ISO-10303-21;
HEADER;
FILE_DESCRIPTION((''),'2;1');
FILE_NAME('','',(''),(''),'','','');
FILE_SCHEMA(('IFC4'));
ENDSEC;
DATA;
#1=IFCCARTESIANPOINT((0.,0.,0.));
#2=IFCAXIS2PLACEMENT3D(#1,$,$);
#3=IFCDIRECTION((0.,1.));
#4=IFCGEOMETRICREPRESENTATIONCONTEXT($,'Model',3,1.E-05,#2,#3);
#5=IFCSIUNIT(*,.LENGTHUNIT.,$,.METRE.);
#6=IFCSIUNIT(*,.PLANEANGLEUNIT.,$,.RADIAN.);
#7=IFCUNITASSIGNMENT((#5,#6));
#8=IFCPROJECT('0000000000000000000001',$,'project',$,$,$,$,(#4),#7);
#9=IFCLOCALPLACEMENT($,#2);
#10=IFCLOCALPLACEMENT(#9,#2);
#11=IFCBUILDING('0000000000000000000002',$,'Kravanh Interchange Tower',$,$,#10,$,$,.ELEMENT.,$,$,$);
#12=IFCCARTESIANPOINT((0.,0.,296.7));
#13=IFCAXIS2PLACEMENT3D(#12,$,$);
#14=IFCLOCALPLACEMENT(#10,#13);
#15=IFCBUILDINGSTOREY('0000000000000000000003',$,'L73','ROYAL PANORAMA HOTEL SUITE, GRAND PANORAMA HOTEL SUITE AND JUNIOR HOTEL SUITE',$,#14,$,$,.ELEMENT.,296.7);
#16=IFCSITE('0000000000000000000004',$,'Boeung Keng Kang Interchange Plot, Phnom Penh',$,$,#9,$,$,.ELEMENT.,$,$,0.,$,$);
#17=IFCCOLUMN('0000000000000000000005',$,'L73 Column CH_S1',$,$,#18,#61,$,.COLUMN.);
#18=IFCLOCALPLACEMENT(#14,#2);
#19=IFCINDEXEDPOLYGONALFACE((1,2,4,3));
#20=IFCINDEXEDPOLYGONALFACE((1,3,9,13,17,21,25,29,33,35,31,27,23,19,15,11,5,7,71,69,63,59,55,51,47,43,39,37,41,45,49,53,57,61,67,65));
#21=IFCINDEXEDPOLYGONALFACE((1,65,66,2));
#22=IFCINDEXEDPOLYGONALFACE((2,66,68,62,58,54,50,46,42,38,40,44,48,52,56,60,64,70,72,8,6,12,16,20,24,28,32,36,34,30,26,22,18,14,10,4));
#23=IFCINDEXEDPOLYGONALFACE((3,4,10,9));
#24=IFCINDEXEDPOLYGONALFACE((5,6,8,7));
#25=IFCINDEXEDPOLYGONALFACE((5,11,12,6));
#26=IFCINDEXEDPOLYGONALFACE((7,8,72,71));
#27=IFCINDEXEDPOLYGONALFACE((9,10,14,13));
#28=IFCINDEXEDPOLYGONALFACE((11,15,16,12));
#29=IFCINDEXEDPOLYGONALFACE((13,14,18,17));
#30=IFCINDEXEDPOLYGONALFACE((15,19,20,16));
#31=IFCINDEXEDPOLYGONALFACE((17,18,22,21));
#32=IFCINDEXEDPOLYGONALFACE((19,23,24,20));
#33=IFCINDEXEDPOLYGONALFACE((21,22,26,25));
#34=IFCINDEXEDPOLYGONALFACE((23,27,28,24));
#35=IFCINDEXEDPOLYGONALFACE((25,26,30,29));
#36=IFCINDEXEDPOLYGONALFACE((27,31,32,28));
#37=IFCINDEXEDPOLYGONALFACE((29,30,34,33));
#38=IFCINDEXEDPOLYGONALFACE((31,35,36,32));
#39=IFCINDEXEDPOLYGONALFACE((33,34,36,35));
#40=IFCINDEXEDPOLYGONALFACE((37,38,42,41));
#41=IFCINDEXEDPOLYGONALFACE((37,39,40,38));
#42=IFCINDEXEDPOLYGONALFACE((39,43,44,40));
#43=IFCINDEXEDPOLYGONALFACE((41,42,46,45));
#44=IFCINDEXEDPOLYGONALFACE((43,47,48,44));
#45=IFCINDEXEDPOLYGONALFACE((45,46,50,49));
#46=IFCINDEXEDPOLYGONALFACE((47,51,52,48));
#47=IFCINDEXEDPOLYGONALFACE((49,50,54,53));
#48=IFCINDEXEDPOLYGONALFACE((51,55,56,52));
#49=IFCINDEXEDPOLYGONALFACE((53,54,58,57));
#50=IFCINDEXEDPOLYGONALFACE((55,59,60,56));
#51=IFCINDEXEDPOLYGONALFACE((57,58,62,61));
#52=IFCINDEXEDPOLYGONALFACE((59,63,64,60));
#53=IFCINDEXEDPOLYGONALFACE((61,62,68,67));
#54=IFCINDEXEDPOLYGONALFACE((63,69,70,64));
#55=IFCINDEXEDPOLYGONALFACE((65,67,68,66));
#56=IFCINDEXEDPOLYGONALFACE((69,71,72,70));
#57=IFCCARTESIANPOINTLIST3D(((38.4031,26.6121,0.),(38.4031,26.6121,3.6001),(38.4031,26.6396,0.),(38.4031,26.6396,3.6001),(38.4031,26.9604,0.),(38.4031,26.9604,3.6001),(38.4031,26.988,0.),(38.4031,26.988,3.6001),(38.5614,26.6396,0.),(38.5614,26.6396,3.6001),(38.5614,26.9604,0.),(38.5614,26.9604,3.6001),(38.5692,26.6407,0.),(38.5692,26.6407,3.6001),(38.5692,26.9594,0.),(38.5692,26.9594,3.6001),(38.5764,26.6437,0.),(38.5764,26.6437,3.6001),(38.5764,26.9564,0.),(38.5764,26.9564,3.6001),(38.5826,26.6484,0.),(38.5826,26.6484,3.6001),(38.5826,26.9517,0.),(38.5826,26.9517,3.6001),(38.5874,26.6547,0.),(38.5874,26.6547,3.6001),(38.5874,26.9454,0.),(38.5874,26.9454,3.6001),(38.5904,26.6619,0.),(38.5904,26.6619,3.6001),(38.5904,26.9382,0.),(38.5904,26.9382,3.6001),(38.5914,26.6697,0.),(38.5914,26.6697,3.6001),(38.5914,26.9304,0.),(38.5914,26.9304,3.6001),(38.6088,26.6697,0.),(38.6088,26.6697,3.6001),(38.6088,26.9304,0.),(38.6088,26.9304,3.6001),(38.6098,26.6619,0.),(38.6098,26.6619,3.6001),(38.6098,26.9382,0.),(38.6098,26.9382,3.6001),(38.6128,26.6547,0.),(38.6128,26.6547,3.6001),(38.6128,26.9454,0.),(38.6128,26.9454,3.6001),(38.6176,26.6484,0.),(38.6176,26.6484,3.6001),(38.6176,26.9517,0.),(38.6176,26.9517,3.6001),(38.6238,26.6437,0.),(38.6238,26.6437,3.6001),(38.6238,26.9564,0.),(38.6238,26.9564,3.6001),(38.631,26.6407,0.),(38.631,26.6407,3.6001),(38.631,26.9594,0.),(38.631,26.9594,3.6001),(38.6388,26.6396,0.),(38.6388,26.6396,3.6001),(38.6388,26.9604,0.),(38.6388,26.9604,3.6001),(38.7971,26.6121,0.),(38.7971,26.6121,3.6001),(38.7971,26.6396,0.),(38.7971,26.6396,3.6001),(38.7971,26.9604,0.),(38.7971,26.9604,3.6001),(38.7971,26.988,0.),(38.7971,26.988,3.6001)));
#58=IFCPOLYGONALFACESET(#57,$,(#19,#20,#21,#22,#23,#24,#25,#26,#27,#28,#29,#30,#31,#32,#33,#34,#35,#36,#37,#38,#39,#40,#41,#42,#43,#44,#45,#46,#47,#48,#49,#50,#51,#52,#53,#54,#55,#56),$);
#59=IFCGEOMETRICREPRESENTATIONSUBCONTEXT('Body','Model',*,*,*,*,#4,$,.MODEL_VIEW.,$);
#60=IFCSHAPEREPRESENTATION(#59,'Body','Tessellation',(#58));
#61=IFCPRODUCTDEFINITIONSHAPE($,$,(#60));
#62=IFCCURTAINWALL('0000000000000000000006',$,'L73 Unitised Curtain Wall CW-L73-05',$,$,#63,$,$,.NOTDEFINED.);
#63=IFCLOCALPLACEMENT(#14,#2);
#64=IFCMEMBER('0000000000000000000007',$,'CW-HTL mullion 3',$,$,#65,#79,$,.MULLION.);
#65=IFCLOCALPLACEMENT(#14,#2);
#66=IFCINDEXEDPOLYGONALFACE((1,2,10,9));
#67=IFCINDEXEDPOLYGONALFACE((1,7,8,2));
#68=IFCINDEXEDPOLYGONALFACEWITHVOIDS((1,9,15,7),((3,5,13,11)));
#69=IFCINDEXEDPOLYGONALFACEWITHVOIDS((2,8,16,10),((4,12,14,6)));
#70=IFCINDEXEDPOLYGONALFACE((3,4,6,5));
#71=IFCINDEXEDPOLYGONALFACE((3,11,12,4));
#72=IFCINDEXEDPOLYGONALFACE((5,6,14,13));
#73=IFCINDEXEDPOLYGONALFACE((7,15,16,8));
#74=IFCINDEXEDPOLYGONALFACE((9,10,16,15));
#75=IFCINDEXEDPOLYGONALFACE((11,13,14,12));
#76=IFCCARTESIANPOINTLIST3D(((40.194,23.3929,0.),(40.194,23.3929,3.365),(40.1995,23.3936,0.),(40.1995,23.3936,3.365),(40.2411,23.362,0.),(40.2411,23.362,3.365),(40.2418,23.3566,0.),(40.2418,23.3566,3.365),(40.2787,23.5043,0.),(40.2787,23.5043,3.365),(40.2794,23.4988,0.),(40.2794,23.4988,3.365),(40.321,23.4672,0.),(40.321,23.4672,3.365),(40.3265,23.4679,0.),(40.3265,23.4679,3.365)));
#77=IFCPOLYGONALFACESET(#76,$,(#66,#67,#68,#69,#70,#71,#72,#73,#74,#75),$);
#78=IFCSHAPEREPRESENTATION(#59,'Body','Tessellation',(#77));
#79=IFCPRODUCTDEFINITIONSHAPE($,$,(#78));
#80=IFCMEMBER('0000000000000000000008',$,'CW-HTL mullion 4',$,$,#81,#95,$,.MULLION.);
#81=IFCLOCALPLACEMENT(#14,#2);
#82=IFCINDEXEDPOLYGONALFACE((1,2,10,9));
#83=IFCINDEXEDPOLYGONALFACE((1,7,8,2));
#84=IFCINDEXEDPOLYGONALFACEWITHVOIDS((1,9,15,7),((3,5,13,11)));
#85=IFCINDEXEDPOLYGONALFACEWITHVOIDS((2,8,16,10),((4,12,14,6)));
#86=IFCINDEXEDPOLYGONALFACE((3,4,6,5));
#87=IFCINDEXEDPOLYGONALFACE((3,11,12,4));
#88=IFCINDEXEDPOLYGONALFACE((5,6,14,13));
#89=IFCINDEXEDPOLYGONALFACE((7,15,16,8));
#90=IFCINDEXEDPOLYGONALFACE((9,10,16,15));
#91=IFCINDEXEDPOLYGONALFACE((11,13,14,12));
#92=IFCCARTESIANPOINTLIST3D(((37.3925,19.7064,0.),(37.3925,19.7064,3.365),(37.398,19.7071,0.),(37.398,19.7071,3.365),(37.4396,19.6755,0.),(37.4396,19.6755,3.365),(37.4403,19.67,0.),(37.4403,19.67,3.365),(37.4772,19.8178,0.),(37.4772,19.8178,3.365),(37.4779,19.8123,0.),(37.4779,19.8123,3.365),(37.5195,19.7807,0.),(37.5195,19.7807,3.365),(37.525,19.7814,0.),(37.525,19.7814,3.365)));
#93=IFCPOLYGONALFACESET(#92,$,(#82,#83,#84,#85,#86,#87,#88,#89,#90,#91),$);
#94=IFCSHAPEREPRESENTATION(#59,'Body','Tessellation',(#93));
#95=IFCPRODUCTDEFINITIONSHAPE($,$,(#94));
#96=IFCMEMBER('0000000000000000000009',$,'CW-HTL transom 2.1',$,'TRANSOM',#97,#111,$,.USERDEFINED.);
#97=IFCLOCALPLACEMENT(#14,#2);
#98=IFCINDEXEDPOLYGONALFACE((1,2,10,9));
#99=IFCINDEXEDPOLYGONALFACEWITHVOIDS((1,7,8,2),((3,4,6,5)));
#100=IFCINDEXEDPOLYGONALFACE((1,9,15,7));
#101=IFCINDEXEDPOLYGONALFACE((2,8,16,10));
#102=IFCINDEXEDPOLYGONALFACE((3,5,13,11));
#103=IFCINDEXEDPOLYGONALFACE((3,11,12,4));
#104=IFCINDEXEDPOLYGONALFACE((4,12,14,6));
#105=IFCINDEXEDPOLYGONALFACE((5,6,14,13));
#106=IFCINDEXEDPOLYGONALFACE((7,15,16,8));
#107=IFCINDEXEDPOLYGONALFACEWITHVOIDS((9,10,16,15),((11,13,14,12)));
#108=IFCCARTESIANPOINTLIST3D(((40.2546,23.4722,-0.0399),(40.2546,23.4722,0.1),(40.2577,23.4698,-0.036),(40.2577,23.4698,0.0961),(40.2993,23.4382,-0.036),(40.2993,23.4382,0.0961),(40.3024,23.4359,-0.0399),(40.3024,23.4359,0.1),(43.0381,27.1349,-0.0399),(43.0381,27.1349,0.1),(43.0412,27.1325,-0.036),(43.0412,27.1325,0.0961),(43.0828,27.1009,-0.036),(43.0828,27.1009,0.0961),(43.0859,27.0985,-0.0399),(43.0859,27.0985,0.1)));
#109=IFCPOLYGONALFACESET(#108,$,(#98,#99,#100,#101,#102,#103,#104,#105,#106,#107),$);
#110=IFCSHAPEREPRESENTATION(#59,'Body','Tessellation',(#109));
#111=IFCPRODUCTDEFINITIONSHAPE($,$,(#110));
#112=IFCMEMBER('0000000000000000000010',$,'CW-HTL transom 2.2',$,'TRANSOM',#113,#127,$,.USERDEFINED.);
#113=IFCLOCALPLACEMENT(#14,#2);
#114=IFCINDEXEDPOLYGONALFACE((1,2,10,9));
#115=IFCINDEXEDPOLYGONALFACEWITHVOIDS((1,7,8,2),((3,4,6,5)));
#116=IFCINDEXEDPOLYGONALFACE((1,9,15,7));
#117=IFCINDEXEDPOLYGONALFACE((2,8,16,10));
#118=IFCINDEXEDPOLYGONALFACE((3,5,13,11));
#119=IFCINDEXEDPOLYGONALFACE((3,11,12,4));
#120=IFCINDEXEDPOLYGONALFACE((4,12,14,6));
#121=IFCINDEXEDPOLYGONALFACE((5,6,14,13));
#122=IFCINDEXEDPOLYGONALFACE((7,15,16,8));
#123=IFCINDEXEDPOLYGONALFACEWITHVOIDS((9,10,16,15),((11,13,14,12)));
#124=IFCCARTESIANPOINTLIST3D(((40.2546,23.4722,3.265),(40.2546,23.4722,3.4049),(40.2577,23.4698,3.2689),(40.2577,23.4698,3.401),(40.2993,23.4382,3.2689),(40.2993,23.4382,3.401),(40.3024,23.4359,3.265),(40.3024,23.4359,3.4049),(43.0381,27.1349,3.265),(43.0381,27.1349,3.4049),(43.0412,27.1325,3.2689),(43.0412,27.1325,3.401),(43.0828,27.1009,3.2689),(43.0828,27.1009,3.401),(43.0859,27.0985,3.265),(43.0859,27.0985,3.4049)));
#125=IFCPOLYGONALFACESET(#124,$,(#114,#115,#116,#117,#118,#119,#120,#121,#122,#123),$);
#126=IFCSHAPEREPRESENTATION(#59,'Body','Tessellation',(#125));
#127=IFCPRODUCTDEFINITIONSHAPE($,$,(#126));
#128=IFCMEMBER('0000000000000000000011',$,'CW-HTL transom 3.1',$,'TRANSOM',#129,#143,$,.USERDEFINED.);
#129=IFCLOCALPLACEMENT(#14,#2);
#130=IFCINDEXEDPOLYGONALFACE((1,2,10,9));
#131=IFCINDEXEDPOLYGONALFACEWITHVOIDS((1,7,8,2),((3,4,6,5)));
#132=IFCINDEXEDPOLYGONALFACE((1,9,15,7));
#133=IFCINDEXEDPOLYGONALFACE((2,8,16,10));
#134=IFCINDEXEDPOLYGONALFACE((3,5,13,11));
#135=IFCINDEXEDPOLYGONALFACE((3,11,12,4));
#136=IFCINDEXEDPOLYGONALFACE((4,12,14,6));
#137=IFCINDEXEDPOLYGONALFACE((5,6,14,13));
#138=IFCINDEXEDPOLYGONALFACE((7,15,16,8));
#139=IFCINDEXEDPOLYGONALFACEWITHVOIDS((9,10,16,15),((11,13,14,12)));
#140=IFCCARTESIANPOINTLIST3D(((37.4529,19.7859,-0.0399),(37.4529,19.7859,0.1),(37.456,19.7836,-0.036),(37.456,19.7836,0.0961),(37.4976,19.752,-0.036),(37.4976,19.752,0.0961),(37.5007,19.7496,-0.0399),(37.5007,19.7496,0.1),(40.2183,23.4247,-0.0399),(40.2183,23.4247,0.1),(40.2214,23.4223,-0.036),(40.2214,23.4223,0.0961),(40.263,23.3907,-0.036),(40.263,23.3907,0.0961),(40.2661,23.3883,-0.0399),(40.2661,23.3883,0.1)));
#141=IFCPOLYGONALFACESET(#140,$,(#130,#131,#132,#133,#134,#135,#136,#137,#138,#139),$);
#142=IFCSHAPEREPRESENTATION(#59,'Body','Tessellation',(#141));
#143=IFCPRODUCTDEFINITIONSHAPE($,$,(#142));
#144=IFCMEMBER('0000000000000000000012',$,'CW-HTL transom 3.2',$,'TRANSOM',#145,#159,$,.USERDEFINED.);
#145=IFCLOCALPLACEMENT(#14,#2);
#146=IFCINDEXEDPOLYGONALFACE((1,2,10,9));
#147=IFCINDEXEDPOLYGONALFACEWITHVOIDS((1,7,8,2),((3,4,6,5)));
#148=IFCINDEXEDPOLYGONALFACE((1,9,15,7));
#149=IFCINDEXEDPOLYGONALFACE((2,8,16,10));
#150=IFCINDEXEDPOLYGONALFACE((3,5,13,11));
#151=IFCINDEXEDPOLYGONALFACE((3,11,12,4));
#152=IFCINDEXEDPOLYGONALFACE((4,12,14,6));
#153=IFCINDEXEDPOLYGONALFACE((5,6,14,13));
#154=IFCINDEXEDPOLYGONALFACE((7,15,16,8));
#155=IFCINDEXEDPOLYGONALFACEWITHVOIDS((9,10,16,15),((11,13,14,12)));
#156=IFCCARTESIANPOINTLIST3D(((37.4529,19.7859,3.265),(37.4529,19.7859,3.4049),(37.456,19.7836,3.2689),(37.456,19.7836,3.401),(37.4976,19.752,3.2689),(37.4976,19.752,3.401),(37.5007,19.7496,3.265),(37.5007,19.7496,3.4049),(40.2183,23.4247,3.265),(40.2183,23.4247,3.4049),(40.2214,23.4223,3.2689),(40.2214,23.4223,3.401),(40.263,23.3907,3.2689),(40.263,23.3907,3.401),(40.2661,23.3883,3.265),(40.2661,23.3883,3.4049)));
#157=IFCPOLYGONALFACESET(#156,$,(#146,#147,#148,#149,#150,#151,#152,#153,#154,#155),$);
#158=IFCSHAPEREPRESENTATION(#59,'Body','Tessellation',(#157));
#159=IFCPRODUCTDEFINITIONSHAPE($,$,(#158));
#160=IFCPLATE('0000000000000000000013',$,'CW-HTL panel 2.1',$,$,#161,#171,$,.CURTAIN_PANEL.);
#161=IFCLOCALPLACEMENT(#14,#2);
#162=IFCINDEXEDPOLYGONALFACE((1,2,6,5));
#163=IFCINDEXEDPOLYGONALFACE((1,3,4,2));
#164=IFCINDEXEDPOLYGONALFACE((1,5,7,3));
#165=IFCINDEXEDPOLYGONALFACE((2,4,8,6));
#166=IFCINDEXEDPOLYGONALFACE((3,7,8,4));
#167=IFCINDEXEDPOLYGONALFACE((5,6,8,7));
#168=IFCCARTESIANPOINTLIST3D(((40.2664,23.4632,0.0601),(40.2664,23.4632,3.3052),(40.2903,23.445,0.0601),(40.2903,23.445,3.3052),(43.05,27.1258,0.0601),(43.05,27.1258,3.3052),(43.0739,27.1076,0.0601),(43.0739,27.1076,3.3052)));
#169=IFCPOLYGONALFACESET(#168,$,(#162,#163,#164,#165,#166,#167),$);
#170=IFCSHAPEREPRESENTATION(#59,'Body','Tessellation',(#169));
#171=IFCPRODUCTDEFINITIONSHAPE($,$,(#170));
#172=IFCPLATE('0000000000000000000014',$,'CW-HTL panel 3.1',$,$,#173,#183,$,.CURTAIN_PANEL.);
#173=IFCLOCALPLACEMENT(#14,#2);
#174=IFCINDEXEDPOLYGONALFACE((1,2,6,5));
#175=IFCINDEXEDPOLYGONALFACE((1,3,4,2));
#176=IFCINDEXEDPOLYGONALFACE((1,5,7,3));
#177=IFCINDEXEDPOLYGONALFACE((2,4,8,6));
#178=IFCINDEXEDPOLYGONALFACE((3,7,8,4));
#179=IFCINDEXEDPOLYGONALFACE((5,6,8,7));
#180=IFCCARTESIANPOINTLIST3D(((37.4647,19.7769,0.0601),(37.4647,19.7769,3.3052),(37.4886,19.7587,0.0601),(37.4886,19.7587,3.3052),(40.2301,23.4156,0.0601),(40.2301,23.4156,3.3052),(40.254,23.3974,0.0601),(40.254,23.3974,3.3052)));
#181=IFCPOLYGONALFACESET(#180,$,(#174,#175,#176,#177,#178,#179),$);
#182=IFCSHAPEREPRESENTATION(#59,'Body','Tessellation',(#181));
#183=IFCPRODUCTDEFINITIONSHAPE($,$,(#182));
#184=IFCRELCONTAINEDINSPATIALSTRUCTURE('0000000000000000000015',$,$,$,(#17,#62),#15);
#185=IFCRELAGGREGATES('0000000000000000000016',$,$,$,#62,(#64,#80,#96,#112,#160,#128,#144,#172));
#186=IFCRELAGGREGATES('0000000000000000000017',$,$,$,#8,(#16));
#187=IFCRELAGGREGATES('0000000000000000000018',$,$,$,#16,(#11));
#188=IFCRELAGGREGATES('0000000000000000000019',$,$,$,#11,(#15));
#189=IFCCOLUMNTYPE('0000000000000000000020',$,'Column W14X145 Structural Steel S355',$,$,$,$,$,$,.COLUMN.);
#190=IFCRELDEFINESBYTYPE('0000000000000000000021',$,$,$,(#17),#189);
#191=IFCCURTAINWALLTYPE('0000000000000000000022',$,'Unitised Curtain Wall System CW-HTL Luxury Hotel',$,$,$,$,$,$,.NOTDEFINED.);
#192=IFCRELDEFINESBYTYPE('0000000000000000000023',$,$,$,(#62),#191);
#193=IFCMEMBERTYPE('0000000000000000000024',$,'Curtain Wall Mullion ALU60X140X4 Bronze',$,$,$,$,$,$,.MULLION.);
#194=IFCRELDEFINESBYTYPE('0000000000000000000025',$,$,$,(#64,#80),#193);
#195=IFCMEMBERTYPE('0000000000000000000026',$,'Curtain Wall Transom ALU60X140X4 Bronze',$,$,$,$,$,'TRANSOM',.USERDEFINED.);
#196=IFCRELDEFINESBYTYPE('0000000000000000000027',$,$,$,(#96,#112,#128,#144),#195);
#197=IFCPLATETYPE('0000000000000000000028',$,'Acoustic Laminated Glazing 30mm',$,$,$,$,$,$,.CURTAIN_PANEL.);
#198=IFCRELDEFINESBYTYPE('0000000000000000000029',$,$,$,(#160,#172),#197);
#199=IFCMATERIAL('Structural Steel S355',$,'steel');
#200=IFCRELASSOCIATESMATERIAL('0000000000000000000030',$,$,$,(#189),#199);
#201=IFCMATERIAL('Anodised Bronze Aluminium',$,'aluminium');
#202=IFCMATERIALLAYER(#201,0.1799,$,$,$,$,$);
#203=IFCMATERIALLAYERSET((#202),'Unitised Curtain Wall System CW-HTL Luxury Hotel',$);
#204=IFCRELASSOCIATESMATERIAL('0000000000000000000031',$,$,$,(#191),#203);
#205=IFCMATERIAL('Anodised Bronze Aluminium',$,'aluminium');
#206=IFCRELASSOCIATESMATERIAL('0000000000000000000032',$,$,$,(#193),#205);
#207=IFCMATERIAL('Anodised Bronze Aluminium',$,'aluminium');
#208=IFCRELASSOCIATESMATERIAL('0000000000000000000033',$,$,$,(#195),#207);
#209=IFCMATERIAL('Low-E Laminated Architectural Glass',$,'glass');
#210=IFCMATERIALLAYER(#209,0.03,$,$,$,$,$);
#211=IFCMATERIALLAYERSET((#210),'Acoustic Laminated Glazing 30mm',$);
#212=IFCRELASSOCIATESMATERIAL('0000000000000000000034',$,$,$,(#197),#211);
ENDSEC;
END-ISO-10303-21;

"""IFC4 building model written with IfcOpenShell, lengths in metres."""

from ifc_helpers import new_model, si_unit, direction, frame, origin, origin_2d, place, context, subcontext, project, spatial, rectangle, hollow_rectangle, i_section, extrude, material, layer, layer_set, material_profile, profile_set, type_object, element, aggregate, save


model = new_model("IFC4")

# Units and contexts
model_context = context("Model", 3, precision=1e-05, world=origin(), true_north=direction((0.0, 1.0)))
body_context = subcontext(model_context, "Body", "Model", "MODEL_VIEW")
ifc_project = project(units=[si_unit("LENGTHUNIT", "METRE"), si_unit("PLANEANGLEUNIT", "RADIAN")], contexts=[model_context])

# Site, building, storey
site_placement = place(None, origin())
site = spatial("IfcSite", under=ifc_project, at=site_placement, Name="Boeung Keng Kang Interchange Plot, Phnom Penh", CompositionType="ELEMENT", RefElevation=0.0)
building_placement = place(site_placement, origin())
building = spatial("IfcBuilding", under=site, at=building_placement, Name="Kravanh Interchange Tower", CompositionType="ELEMENT")
storey_placement = place(building_placement, frame((0.0, 0.0, 296.7)))
storey = spatial("IfcBuildingStorey", under=building, at=storey_placement, Name="L73", Description="ROYAL PANORAMA HOTEL SUITE, GRAND PANORAMA HOTEL SUITE AND JUNIOR HOTEL SUITE", CompositionType="ELEMENT", Elevation=296.7)

# Column
ifc_material_1 = material(Name="Structural Steel S355", Category="steel")
ifc_material_profile_1 = material_profile(ifc_material_1, i_section(OverallWidth=0.394, OverallDepth=0.376, WebThickness=0.0173, FlangeThickness=0.0276, FilletRadius=0.03, at=origin_2d()), Name="W14X145")
ifc_profile_set_1 = profile_set([ifc_material_profile_1], Name="Structural Steel S355")
column_type = type_object("IfcColumnType", Name="Column W14X145 Structural Steel S355", PredefinedType="COLUMN", material=ifc_profile_set_1)
column_placement = place(storey_placement, frame((38.6001, 26.8, 0.0), z_axis=(0.0, 0.0, 1.0), x_axis=(1.0, 0.0, 0.0)))
element("IfcColumn", 1, at=column_placement, inside=storey, type_object=column_type, Name="L73 Column CH_S1", PredefinedType="COLUMN", context=body_context, shape_type="SweptSolid", body=[
    extrude(i_section(OverallWidth=0.394, OverallDepth=0.376, WebThickness=0.0173, FlangeThickness=0.0276, FilletRadius=0.03, at=origin_2d()), origin(), (0.0, 0.0, 1.0), 3.6001),
])

# Curtain wall, members, plates
ifc_material_2 = material(Name="Anodised Bronze Aluminium", Category="aluminium")
ifc_layer_1 = layer(ifc_material_2, 0.1799)
ifc_layer_set_1 = layer_set([ifc_layer_1], Name="Unitised Curtain Wall System CW-HTL Luxury Hotel")
curtain_wall_type = type_object("IfcCurtainWallType", Name="Unitised Curtain Wall System CW-HTL Luxury Hotel", PredefinedType="NOTDEFINED", material=ifc_layer_set_1)
curtain_wall_placement = place(storey_placement, origin())
curtain_wall = element("IfcCurtainWall", 2, at=curtain_wall_placement, inside=storey, type_object=curtain_wall_type, Name="L73 Unitised Curtain Wall CW-L73-05", PredefinedType="NOTDEFINED")
ifc_material_3 = material(Name="Anodised Bronze Aluminium", Category="aluminium")
ifc_material_profile_2 = material_profile(ifc_material_3, hollow_rectangle(XDim=0.0601, YDim=0.1399, WallThickness=0.0039, at=origin_2d()), Name="ALU60X140X4")
ifc_profile_set_2 = profile_set([ifc_material_profile_2], Name="Anodised Bronze Aluminium")
member_type_1 = type_object("IfcMemberType", Name="Curtain Wall Mullion ALU60X140X4 Bronze", PredefinedType="MULLION", material=ifc_profile_set_2)
member_1_placement = place(storey_placement, frame((40.2603, 23.4304, 0.0), z_axis=(0.0, 0.0, 1.0), x_axis=(0.796162, -0.605084, 0.0)))
member_1 = element("IfcMember", 3, at=member_1_placement, type_object=member_type_1, Name="CW-HTL mullion 3", PredefinedType="MULLION", context=body_context, shape_type="SweptSolid", body=[
    extrude(hollow_rectangle(XDim=0.0601, YDim=0.1399, WallThickness=0.0039, at=origin_2d()), origin(), (0.0, 0.0, 1.0), 3.365),
])
member_2_placement = place(storey_placement, frame((37.4587, 19.7439, 0.0), z_axis=(0.0, 0.0, 1.0), x_axis=(0.796162, -0.605084, 0.0)))
member_2 = element("IfcMember", 4, at=member_2_placement, type_object=member_type_1, Name="CW-HTL mullion 4", PredefinedType="MULLION", context=body_context, shape_type="SweptSolid", body=[
    extrude(hollow_rectangle(XDim=0.0601, YDim=0.1399, WallThickness=0.0039, at=origin_2d()), origin(), (0.0, 0.0, 1.0), 3.365),
])
ifc_material_4 = material(Name="Anodised Bronze Aluminium", Category="aluminium")
ifc_material_profile_3 = material_profile(ifc_material_4, hollow_rectangle(XDim=0.0601, YDim=0.1399, WallThickness=0.0039, at=origin_2d()), Name="ALU60X140X4")
ifc_profile_set_3 = profile_set([ifc_material_profile_3], Name="Anodised Bronze Aluminium")
member_type_2 = type_object("IfcMemberType", Name="Curtain Wall Transom ALU60X140X4 Bronze", ElementType="TRANSOM", PredefinedType="USERDEFINED", material=ifc_profile_set_3)
member_3_placement = place(storey_placement, frame((43.062, 27.1167, 0.03), z_axis=(-0.605066, -0.796175, 0.0), x_axis=(0.796175, -0.605066, 0.0)))
member_3 = element("IfcMember", 5, at=member_3_placement, type_object=member_type_2, Name="CW-HTL transom 2.1", ObjectType="TRANSOM", PredefinedType="USERDEFINED", context=body_context, shape_type="SweptSolid", body=[
    extrude(hollow_rectangle(XDim=0.0601, YDim=0.1399, WallThickness=0.0039, at=origin_2d()), origin(), (0.0, 0.0, 1.0), 4.6003),
])
member_4_placement = place(storey_placement, frame((43.062, 27.1167, 3.335), z_axis=(-0.605066, -0.796175, 0.0), x_axis=(0.796175, -0.605066, 0.0)))
member_4 = element("IfcMember", 6, at=member_4_placement, type_object=member_type_2, Name="CW-HTL transom 2.2", ObjectType="TRANSOM", PredefinedType="USERDEFINED", context=body_context, shape_type="SweptSolid", body=[
    extrude(hollow_rectangle(XDim=0.0601, YDim=0.1399, WallThickness=0.0039, at=origin_2d()), origin(), (0.0, 0.0, 1.0), 4.6003),
])
member_5_placement = place(storey_placement, frame((40.2422, 23.4065, 0.03), z_axis=(-0.605082, -0.796163, 0.0), x_axis=(0.796163, -0.605082, 0.0)))
member_5 = element("IfcMember", 7, at=member_5_placement, type_object=member_type_2, Name="CW-HTL transom 3.1", ObjectType="TRANSOM", PredefinedType="USERDEFINED", context=body_context, shape_type="SweptSolid", body=[
    extrude(hollow_rectangle(XDim=0.0601, YDim=0.1399, WallThickness=0.0039, at=origin_2d()), origin(), (0.0, 0.0, 1.0), 4.5703),
])
member_6_placement = place(storey_placement, frame((40.2422, 23.4065, 3.335), z_axis=(-0.605082, -0.796163, 0.0), x_axis=(0.796163, -0.605082, 0.0)))
member_6 = element("IfcMember", 8, at=member_6_placement, type_object=member_type_2, Name="CW-HTL transom 3.2", ObjectType="TRANSOM", PredefinedType="USERDEFINED", context=body_context, shape_type="SweptSolid", body=[
    extrude(hollow_rectangle(XDim=0.0601, YDim=0.1399, WallThickness=0.0039, at=origin_2d()), origin(), (0.0, 0.0, 1.0), 4.5703),
])
ifc_material_5 = material(Name="Low-E Laminated Architectural Glass", Category="glass")
ifc_layer_2 = layer(ifc_material_5, 0.03)
ifc_layer_set_2 = layer_set([ifc_layer_2], Name="Acoustic Laminated Glazing 30mm")
plate_type = type_object("IfcPlateType", Name="Acoustic Laminated Glazing 30mm", PredefinedType="CURTAIN_PANEL", material=ifc_layer_set_2)
plate_1_placement = place(storey_placement, frame((41.6702, 25.2854, 0.0601), z_axis=(0.0, 0.0, 1.0), x_axis=(-0.605084, -0.796162, 0.0)))
plate_1 = element("IfcPlate", 9, at=plate_1_placement, type_object=plate_type, Name="CW-HTL panel 2.1", PredefinedType="CURTAIN_PANEL", context=body_context, shape_type="SweptSolid", body=[
    extrude(rectangle(XDim=4.6003, YDim=0.03, at=origin_2d()), origin(), (0.0, 0.0, 1.0), 3.2451),
])
plate_2_placement = place(storey_placement, frame((38.8594, 21.5872, 0.0601), z_axis=(0.0, 0.0, 1.0), x_axis=(-0.605084, -0.796162, 0.0)))
plate_2 = element("IfcPlate", 10, at=plate_2_placement, type_object=plate_type, Name="CW-HTL panel 3.1", PredefinedType="CURTAIN_PANEL", context=body_context, shape_type="SweptSolid", body=[
    extrude(rectangle(XDim=4.5703, YDim=0.03, at=origin_2d()), origin(), (0.0, 0.0, 1.0), 3.2451),
])
aggregate(curtain_wall, [member_1, member_2, member_3, member_4, plate_1, member_5, member_6, plate_2])

save(model, "model.ifc")
